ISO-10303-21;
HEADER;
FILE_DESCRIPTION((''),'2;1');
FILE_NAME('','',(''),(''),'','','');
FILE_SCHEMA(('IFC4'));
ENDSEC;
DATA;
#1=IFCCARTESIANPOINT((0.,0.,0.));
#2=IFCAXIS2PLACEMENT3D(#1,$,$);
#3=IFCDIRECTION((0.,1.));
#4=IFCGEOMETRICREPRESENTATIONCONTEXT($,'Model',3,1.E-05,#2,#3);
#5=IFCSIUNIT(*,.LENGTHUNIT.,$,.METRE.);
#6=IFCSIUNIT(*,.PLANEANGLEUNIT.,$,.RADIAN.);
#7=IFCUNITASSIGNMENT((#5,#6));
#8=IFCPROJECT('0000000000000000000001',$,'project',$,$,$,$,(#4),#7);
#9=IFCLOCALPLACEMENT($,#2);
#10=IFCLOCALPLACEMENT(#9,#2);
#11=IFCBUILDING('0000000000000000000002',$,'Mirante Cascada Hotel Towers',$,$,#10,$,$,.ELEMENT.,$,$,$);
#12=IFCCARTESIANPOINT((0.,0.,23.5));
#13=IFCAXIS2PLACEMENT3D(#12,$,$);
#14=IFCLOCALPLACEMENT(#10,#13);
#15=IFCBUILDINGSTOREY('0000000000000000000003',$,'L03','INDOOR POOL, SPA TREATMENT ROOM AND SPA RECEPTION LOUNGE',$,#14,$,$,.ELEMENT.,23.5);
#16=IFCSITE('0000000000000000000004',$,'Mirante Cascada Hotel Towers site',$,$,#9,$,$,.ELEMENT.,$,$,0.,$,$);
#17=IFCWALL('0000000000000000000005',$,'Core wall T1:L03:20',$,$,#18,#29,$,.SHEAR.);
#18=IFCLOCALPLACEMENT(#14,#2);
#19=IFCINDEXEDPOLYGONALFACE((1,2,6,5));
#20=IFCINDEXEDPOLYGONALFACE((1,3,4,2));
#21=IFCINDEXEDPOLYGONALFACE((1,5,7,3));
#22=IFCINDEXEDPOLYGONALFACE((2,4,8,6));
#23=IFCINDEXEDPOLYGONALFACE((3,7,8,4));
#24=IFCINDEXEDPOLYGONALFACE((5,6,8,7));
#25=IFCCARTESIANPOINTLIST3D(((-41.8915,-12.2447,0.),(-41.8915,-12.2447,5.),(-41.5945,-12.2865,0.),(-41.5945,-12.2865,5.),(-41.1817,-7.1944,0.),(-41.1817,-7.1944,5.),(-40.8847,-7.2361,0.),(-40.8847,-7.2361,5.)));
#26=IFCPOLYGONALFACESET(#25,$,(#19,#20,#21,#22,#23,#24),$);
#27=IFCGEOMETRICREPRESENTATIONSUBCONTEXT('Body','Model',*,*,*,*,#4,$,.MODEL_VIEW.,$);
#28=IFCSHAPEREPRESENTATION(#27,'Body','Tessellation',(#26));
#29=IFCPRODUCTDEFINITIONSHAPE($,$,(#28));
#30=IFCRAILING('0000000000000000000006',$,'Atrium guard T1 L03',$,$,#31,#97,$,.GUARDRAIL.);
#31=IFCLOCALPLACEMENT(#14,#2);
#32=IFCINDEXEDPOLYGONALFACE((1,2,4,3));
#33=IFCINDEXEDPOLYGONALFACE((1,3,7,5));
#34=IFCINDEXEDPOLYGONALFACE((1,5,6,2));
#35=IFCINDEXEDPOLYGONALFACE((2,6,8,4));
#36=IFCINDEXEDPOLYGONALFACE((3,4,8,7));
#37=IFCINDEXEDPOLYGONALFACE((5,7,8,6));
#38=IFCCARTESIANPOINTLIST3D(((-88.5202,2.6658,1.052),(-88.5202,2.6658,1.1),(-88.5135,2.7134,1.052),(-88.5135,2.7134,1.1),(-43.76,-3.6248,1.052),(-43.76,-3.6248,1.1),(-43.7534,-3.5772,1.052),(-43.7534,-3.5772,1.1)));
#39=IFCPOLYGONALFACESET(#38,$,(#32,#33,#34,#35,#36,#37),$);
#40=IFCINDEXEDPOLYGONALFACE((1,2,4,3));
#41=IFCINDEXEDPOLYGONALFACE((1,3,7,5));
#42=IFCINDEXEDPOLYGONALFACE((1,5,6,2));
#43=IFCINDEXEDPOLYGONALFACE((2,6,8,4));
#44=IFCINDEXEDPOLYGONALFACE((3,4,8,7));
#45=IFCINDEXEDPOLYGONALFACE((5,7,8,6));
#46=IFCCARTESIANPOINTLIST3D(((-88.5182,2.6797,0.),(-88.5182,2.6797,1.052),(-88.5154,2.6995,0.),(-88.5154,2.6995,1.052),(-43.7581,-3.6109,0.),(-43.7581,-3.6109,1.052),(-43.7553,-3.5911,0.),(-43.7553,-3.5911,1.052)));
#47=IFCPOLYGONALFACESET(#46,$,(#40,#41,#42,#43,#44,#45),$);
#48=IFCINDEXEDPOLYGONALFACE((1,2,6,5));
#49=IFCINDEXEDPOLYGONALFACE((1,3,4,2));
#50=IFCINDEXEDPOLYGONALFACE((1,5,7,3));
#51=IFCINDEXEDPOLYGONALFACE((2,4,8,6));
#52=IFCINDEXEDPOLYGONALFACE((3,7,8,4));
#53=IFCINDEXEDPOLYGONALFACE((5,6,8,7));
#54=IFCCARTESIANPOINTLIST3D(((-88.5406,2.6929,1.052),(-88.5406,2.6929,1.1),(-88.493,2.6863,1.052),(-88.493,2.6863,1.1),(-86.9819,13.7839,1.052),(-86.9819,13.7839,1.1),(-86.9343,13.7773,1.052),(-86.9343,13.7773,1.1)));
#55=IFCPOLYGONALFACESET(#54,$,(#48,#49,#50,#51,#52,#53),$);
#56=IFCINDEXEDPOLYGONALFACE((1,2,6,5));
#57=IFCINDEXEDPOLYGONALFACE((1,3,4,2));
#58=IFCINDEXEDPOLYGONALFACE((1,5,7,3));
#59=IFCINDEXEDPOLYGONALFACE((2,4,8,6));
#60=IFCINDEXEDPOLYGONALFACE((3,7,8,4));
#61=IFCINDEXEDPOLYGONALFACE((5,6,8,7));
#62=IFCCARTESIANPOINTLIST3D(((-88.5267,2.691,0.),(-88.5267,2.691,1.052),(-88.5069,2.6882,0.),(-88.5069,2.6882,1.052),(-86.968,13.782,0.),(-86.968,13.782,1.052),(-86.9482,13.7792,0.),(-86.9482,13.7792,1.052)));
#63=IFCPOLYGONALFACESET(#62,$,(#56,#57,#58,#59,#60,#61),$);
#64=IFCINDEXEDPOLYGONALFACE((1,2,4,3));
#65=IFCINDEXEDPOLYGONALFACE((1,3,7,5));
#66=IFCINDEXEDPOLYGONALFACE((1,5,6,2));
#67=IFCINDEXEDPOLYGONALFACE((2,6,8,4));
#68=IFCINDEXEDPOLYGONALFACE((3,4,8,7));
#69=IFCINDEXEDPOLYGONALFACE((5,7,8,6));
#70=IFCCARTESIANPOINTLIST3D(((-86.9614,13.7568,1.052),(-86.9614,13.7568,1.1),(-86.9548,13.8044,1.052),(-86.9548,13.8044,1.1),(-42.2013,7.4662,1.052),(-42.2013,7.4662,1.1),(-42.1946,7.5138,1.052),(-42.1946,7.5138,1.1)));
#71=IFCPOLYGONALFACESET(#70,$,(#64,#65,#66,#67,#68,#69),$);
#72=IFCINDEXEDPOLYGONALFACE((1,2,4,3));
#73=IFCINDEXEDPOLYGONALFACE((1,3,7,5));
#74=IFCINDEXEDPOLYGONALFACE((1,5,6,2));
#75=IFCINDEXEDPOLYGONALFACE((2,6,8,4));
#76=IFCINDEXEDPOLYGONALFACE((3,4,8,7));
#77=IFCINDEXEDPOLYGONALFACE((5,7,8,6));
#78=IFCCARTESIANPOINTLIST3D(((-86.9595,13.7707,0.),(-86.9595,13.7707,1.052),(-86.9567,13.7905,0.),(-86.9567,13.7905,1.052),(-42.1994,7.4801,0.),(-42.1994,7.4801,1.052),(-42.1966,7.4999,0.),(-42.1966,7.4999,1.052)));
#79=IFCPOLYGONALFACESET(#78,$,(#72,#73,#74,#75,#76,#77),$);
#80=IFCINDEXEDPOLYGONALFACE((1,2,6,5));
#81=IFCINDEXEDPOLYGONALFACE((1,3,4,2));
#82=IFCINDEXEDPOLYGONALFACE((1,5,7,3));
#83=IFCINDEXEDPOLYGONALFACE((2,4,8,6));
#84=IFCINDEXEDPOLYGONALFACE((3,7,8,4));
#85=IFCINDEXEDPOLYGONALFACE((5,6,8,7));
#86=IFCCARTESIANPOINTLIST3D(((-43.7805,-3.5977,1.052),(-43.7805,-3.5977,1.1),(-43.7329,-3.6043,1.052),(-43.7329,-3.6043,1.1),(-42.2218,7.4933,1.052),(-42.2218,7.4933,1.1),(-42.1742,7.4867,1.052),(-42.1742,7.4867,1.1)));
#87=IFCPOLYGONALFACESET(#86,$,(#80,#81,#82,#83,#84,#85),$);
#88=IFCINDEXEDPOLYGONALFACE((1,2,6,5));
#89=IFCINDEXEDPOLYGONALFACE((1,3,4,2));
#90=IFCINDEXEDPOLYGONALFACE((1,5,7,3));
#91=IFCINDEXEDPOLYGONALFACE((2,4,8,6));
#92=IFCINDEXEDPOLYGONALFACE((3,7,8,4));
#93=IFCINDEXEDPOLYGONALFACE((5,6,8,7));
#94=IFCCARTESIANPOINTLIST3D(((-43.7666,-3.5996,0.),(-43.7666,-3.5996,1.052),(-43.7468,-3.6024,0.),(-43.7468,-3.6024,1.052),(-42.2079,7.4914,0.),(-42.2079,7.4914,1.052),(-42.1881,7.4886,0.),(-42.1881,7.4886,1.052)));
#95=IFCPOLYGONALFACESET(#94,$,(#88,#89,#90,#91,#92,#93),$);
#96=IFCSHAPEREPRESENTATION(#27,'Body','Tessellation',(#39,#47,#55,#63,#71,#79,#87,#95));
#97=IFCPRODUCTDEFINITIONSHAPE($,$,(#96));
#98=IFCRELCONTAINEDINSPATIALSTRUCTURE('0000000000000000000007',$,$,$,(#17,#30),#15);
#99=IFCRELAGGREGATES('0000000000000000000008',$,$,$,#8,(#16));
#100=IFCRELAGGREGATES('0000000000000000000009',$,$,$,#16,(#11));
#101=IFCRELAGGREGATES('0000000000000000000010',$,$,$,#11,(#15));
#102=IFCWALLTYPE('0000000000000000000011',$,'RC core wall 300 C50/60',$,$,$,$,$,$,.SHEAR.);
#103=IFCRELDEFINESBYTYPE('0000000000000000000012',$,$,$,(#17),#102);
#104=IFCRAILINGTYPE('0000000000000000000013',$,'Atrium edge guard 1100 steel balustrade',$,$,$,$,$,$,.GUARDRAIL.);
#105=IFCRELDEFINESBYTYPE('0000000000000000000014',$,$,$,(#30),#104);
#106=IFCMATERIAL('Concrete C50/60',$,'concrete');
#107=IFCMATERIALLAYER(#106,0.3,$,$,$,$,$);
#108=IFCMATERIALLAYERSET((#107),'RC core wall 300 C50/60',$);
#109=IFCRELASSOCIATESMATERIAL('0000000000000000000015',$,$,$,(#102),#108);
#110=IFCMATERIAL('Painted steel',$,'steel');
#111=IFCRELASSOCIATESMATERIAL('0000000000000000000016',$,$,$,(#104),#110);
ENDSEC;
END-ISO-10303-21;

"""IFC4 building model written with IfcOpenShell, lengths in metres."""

from ifc_helpers import new_model, si_unit, direction, frame, frame_2d, origin, origin_2d, place, context, subcontext, project, spatial, rectangle, extrude, material, layer, layer_set, type_object, element, save


model = new_model("IFC4")

# Units and contexts
model_context = context("Model", 3, precision=1e-05, world=origin(), true_north=direction((0.0, 1.0)))
body_context = subcontext(model_context, "Body", "Model", "MODEL_VIEW")
ifc_project = project(units=[si_unit("LENGTHUNIT", "METRE"), si_unit("PLANEANGLEUNIT", "RADIAN")], contexts=[model_context])

# Site, building, storey
site_placement = place(None, origin())
site = spatial("IfcSite", under=ifc_project, at=site_placement, Name="Mirante Cascada Hotel Towers site", CompositionType="ELEMENT", RefElevation=0.0)
building_placement = place(site_placement, origin())
building = spatial("IfcBuilding", under=site, at=building_placement, Name="Mirante Cascada Hotel Towers", CompositionType="ELEMENT")
storey_placement = place(building_placement, frame((0.0, 0.0, 23.5)))
storey = spatial("IfcBuildingStorey", under=building, at=storey_placement, Name="L03", Description="INDOOR POOL, SPA TREATMENT ROOM AND SPA RECEPTION LOUNGE", CompositionType="ELEMENT", Elevation=23.5)

# Shared definitions
ifc_material_1 = material(Name="Concrete C50/60", Category="concrete")
ifc_layer_1 = layer(ifc_material_1, 0.3)
ifc_layer_set_1 = layer_set([ifc_layer_1], Name="RC core wall 300 C50/60")
wall_type_1 = type_object("IfcWallType", Name="RC core wall 300 C50/60", PredefinedType="SHEAR", material=ifc_layer_set_1)

# Wall
wall_1_placement = place(storey_placement, frame((-41.743, -12.2656, 0.0), z_axis=(0.0, 0.0, 1.0), x_axis=(0.139176, 0.990268, 0.0)))
element("IfcWall", 1, at=wall_1_placement, inside=storey, type_object=wall_type_1, Name="Core wall T1:L03:20", PredefinedType="SHEAR", context=body_context, shape_type="SweptSolid", body=[
    extrude(rectangle(XDim=5.1, YDim=0.3, at=frame_2d((2.55, 0.0))), origin(), (0.0, 0.0, 1.0), 5.0),
])

# Railing
ifc_material_2 = material(Name="Painted steel", Category="steel")
railing_type = type_object("IfcRailingType", Name="Atrium edge guard 1100 steel balustrade", PredefinedType="GUARDRAIL", material=ifc_material_2)
railing_placement = place(storey_placement, frame((-43.7567, -3.601, 0.0)))
element("IfcRailing", 2, at=railing_placement, inside=storey, type_object=railing_type, Name="Atrium guard T1 L03", PredefinedType="GUARDRAIL", context=body_context, shape_type="SweptSolid", body=[
    extrude(rectangle(XDim=0.048, YDim=0.048, at=origin_2d()), frame((0.0, 0.0, 1.076), z_axis=(-0.990268, 0.139173, 0.0), x_axis=(-0.139173, -0.990268, 0.0)), (0.0, 0.0, 1.0), 45.2),
    extrude(rectangle(XDim=0.02, YDim=1.052, at=origin_2d()), frame((0.0, 0.0, 0.526), z_axis=(-0.990268, 0.139173, 0.0), x_axis=(-0.139173, -0.990268, 0.0)), (0.0, 0.0, 1.0), 45.2),
    extrude(rectangle(XDim=0.048, YDim=0.048, at=origin_2d()), frame((-44.7601, 6.2906, 1.076), z_axis=(0.13917, 0.990268, 0.0), x_axis=(-0.990268, 0.13917, 0.0)), (0.0, 0.0, 1.0), 11.2),
    extrude(rectangle(XDim=0.02, YDim=1.052, at=origin_2d()), frame((-44.7601, 6.2906, 0.526), z_axis=(0.13917, 0.990268, 0.0), x_axis=(-0.990268, 0.13917, 0.0)), (0.0, 0.0, 1.0), 11.2),
    extrude(rectangle(XDim=0.048, YDim=0.048, at=origin_2d()), frame((-43.2014, 17.3816, 1.076), z_axis=(0.990268, -0.139173, 0.0), x_axis=(0.139173, 0.990268, 0.0)), (0.0, 0.0, 1.0), 45.2),
    extrude(rectangle(XDim=0.02, YDim=1.052, at=origin_2d()), frame((-43.2014, 17.3816, 0.526), z_axis=(0.990268, -0.139173, 0.0), x_axis=(0.139173, 0.990268, 0.0)), (0.0, 0.0, 1.0), 45.2),
    extrude(rectangle(XDim=0.048, YDim=0.048, at=origin_2d()), frame((1.5587, 11.091, 1.076), z_axis=(-0.13917, -0.990268, 0.0), x_axis=(0.990268, -0.13917, 0.0)), (0.0, 0.0, 1.0), 11.2),
    extrude(rectangle(XDim=0.02, YDim=1.052, at=origin_2d()), frame((1.5587, 11.091, 0.526), z_axis=(-0.13917, -0.990268, 0.0), x_axis=(0.990268, -0.13917, 0.0)), (0.0, 0.0, 1.0), 11.2),
])

save(model, "model.ifc")
